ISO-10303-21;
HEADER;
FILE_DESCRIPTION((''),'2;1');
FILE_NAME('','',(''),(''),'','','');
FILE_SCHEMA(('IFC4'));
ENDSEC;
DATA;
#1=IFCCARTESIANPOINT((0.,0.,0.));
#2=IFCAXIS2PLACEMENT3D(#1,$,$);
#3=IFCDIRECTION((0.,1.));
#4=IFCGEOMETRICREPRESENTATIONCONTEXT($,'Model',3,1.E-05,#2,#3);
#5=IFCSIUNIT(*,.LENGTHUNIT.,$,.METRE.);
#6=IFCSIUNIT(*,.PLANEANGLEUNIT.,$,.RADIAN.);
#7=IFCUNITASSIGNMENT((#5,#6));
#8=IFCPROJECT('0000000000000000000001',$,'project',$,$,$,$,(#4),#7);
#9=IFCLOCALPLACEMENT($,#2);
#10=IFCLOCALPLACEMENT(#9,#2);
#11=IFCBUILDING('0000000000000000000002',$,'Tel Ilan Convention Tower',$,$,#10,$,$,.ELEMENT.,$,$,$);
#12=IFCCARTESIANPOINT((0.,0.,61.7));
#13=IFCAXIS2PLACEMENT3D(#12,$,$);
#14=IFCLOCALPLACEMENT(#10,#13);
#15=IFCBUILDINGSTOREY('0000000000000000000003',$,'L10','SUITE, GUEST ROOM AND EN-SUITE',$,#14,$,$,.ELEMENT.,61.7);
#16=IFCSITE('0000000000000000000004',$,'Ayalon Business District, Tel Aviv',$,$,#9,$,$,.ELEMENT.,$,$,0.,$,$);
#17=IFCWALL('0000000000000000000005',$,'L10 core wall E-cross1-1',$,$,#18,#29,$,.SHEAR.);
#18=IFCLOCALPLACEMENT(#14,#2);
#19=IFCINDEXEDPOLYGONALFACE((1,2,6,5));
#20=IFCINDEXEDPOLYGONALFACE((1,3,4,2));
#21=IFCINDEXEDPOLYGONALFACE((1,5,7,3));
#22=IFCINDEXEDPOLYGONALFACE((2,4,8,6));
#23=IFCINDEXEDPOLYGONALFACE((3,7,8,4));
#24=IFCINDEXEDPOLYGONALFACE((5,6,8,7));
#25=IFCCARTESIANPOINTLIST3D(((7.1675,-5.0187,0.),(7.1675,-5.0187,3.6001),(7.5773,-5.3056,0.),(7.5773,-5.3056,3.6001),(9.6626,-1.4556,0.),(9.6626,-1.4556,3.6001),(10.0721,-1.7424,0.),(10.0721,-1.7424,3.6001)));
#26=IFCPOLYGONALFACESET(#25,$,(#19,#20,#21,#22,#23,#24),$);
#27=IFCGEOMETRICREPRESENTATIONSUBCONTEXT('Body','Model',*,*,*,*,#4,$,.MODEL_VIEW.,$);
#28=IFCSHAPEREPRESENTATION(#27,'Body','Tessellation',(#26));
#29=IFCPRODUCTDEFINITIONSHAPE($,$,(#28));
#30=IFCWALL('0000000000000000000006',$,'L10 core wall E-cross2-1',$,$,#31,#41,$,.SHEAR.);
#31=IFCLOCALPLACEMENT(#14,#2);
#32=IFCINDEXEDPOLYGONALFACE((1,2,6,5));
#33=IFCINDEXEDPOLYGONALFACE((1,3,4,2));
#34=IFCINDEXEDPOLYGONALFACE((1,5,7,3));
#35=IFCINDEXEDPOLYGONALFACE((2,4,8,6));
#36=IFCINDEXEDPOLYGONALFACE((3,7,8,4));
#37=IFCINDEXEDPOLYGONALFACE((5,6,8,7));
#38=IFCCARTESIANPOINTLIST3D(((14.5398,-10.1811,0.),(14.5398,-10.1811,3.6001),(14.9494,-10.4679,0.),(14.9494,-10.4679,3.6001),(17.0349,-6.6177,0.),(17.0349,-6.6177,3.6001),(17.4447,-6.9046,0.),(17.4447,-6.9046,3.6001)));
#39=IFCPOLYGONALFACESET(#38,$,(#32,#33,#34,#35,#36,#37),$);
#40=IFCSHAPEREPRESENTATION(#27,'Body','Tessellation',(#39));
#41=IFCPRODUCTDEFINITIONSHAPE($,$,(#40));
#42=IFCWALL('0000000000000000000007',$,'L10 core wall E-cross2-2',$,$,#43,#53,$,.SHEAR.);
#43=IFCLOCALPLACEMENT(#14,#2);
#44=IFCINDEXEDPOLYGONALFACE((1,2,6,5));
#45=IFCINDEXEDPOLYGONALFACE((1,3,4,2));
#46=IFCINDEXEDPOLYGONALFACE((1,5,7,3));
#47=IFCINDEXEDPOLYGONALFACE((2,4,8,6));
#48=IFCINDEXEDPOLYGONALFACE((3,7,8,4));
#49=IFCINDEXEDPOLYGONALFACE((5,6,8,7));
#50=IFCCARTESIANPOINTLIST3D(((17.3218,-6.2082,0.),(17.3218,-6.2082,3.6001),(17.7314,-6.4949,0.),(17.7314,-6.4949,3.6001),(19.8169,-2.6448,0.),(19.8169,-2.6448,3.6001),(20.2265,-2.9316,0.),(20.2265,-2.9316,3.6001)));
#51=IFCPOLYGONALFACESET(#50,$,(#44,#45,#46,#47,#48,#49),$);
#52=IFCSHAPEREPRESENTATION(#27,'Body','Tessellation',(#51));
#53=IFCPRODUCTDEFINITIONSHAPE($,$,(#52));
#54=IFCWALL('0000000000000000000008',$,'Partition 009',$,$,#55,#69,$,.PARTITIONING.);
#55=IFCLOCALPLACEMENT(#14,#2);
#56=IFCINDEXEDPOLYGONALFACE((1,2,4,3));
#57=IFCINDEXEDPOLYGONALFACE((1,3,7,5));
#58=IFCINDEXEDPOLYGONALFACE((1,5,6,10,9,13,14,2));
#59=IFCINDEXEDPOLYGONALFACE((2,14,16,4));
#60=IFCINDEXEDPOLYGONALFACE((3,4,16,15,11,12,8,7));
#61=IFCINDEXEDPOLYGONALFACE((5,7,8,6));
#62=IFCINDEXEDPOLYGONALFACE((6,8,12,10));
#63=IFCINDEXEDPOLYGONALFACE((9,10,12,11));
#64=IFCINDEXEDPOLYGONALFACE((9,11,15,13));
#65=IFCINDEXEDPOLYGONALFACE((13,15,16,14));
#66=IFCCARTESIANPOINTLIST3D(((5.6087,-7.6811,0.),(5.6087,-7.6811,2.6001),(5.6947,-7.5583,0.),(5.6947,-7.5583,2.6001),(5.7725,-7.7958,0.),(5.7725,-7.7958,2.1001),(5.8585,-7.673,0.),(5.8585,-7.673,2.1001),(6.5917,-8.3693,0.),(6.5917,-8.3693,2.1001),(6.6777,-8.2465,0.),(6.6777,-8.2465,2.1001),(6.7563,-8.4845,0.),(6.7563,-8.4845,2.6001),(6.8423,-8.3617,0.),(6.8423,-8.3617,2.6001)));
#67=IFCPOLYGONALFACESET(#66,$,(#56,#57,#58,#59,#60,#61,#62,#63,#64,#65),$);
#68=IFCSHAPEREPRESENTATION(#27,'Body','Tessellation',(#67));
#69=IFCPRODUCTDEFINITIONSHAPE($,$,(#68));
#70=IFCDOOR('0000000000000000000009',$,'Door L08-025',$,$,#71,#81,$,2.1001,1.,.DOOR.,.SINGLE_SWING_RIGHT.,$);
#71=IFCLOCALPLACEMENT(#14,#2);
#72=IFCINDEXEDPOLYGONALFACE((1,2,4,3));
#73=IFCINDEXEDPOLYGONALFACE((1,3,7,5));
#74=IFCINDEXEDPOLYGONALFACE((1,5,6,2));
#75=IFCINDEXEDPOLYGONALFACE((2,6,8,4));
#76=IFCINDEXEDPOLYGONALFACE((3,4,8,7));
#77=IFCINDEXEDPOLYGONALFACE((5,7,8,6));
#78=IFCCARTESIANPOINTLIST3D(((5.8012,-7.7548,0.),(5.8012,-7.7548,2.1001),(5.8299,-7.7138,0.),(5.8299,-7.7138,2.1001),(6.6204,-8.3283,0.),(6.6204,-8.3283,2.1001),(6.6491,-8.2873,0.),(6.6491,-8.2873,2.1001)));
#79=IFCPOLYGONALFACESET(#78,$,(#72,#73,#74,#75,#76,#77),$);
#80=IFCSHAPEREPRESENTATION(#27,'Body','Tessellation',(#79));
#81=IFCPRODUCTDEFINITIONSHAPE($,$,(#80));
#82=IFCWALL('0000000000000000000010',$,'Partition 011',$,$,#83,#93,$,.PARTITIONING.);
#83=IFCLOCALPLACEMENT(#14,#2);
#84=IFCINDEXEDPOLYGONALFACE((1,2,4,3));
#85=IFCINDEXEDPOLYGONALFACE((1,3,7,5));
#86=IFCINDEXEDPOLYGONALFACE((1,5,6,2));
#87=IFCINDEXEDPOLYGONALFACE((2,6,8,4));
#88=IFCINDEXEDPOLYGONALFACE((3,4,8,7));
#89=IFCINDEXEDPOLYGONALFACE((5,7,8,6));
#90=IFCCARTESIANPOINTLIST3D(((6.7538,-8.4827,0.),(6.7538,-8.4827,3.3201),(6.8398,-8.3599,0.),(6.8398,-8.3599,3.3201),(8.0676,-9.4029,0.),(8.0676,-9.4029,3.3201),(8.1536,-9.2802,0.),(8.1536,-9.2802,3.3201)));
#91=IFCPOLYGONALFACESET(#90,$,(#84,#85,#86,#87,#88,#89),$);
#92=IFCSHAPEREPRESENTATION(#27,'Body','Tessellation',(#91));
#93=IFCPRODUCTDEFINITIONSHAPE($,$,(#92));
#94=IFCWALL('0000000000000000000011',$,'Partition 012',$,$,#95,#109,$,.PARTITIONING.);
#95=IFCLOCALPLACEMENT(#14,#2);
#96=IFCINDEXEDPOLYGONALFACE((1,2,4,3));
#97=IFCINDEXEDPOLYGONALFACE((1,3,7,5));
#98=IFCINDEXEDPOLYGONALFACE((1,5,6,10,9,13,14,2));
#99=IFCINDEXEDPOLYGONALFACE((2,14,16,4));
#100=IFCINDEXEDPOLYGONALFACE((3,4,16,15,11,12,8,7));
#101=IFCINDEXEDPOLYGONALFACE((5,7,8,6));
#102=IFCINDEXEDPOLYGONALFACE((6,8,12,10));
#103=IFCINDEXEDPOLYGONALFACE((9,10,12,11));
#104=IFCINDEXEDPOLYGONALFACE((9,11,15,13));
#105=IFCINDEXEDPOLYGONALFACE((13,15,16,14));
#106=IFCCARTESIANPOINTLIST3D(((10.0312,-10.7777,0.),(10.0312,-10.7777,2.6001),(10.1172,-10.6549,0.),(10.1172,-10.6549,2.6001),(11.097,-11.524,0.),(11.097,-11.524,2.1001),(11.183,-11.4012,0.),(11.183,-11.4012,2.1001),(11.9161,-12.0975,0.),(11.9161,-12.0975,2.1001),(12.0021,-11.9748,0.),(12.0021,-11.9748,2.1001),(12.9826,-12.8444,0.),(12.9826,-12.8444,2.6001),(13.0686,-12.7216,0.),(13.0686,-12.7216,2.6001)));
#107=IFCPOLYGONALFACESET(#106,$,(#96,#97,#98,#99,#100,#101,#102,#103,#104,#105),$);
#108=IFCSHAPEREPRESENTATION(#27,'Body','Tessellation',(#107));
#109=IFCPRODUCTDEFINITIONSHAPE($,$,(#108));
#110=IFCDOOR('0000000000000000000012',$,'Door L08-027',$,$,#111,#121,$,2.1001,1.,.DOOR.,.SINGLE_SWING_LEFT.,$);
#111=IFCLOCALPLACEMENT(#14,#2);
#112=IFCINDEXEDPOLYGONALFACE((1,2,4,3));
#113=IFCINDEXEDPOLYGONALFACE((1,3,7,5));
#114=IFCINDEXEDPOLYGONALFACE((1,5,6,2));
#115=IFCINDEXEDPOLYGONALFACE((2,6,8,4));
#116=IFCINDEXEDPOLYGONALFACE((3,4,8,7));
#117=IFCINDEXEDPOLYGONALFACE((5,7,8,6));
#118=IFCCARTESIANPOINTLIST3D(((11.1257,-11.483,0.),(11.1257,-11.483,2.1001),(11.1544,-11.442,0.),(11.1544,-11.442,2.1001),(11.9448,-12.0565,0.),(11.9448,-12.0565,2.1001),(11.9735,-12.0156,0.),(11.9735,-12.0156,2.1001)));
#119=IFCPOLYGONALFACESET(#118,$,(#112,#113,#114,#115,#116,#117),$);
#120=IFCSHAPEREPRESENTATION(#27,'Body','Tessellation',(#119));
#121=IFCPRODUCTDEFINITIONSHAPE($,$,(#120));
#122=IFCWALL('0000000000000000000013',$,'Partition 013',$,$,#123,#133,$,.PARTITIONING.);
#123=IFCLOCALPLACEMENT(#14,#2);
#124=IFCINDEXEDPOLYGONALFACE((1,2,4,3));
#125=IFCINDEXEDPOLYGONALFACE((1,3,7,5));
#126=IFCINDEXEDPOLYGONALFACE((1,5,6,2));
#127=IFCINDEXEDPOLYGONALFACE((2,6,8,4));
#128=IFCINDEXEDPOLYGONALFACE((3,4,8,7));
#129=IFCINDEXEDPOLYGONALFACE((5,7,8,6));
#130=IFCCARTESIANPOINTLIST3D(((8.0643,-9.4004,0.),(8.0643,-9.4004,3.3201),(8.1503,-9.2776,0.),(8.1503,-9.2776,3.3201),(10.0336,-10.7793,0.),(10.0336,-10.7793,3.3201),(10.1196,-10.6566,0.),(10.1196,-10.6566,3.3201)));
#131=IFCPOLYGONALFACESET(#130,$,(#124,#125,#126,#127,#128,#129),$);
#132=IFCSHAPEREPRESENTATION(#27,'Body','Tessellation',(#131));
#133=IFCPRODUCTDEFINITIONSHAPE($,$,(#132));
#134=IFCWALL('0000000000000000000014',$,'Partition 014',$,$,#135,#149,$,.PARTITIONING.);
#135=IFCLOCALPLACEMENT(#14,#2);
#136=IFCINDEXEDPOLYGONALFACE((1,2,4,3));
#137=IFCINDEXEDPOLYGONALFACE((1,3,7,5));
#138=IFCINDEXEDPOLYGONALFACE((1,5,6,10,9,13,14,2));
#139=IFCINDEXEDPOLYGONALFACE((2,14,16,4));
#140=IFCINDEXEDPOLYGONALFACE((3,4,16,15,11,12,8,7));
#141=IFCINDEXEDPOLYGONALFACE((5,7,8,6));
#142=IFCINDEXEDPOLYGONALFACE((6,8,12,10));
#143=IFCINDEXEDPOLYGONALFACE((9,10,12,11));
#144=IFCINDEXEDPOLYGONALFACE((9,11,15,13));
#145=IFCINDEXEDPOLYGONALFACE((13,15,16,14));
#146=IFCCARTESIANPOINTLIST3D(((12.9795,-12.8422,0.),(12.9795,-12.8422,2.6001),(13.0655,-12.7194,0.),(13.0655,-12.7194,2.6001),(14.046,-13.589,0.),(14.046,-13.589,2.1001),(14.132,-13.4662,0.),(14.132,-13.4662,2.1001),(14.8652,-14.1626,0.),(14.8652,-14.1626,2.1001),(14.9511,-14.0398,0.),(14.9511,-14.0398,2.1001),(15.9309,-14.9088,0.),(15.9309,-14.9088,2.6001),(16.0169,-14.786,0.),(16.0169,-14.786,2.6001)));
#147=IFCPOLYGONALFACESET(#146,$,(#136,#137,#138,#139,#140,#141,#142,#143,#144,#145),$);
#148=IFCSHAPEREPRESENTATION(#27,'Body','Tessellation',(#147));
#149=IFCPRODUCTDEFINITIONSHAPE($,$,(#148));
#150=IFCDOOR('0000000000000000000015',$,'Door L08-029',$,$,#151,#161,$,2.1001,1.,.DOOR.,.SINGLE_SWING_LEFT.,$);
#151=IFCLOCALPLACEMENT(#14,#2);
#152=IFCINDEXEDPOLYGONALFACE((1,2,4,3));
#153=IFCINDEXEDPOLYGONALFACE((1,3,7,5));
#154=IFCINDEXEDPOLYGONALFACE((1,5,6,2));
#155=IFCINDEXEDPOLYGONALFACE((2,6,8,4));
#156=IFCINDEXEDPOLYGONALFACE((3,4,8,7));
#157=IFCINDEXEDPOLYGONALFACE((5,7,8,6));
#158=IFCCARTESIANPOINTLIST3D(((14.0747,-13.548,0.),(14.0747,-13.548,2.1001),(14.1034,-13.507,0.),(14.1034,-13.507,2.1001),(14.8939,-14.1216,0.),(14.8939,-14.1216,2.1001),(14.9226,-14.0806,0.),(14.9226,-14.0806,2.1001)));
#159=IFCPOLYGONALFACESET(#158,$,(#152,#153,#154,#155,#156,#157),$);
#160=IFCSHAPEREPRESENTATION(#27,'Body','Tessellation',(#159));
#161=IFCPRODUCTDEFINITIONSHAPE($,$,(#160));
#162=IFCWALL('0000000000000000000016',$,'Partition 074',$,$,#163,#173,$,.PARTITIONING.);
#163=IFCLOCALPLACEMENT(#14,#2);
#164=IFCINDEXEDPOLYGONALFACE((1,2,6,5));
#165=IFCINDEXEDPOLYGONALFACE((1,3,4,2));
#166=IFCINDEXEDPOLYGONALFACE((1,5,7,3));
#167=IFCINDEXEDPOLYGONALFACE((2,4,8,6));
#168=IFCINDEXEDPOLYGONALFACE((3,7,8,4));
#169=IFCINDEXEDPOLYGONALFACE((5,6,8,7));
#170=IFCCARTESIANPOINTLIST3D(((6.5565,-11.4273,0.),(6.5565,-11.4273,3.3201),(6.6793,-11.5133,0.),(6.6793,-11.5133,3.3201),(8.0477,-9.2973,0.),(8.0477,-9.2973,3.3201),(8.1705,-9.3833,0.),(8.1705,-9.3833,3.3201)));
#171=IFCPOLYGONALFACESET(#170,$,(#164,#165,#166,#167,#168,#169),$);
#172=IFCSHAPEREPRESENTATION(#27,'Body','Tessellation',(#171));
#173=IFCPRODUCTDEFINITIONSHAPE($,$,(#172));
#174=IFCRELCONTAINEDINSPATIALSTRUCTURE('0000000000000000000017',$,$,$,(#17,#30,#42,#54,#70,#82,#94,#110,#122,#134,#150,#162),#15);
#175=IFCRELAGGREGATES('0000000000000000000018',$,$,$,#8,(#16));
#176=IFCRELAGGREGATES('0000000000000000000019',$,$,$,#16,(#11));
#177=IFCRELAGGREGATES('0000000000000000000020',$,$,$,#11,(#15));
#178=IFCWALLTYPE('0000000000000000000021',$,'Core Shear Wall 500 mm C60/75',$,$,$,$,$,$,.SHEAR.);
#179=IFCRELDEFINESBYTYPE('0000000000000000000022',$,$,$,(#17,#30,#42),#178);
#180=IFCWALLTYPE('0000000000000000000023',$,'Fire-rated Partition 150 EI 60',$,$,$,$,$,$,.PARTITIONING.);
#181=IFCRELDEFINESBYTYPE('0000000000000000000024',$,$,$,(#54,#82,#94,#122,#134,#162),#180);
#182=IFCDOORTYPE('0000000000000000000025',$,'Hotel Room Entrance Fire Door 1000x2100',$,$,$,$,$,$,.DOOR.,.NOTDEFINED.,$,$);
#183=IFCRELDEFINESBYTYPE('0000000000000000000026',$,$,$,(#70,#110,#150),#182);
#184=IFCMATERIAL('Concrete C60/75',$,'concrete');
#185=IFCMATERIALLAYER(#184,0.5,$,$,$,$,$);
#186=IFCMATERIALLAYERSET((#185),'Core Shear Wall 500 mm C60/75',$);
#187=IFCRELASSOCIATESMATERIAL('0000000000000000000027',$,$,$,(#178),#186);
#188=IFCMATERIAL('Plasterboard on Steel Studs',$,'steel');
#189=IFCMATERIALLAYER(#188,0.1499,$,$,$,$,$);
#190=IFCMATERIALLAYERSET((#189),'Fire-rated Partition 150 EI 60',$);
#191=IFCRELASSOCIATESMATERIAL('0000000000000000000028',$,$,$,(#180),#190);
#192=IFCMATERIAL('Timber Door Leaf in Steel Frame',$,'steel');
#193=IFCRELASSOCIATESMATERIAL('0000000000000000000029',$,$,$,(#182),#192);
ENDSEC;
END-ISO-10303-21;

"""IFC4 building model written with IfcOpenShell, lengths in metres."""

from ifc_helpers import new_model, si_unit, direction, frame, frame_2d, origin, place, context, subcontext, project, spatial, polyline, rectangle, outline, extrude, material, layer, layer_set, type_object, element, fill, save


model = new_model("IFC4")

# Units and contexts
model_context = context("Model", 3, precision=1e-05, world=origin(), true_north=direction((0.0, 1.0)))
body_context = subcontext(model_context, "Body", "Model", "MODEL_VIEW")
ifc_project = project(units=[si_unit("LENGTHUNIT", "METRE"), si_unit("PLANEANGLEUNIT", "RADIAN")], contexts=[model_context])

# Site, building, storey
site_placement = place(None, origin())
site = spatial("IfcSite", under=ifc_project, at=site_placement, Name="Ayalon Business District, Tel Aviv", CompositionType="ELEMENT", RefElevation=0.0)
building_placement = place(site_placement, origin())
building = spatial("IfcBuilding", under=site, at=building_placement, Name="Tel Ilan Convention Tower", CompositionType="ELEMENT")
storey_placement = place(building_placement, frame((0.0, 0.0, 61.7)))
storey = spatial("IfcBuildingStorey", under=building, at=storey_placement, Name="L10", Description="SUITE, GUEST ROOM AND EN-SUITE", CompositionType="ELEMENT", Elevation=61.7)

# Walls
ifc_material_1 = material(Name="Concrete C60/75", Category="concrete")
ifc_layer_1 = layer(ifc_material_1, 0.5)
ifc_layer_set_1 = layer_set([ifc_layer_1], Name="Core Shear Wall 500 mm C60/75")
wall_type_1 = type_object("IfcWallType", Name="Core Shear Wall 500 mm C60/75", PredefinedType="SHEAR", material=ifc_layer_set_1)
wall_1_placement = place(storey_placement, frame((7.3723, -5.1621, 0.0), z_axis=(0.0, 0.0, 1.0), x_axis=(0.573594, 0.81914, 0.0)))
element("IfcWall", 1, at=wall_1_placement, inside=storey, type_object=wall_type_1, Name="L10 core wall E-cross1-1", PredefinedType="SHEAR", context=body_context, shape_type="SweptSolid", body=[
    extrude(outline(polyline([(0.0, 0.25), (0.0, -0.2502), (4.3499, -0.25), (4.3499, 0.25), (0.0, 0.25)])), origin(), (0.0, 0.0, 1.0), 3.6001),
])
wall_2_placement = place(storey_placement, frame((14.7446, -10.3245, 0.0), z_axis=(0.0, 0.0, 1.0), x_axis=(0.573568, 0.819158, 0.0)))
element("IfcWall", 2, at=wall_2_placement, inside=storey, type_object=wall_type_1, Name="L10 core wall E-cross2-1", PredefinedType="SHEAR", context=body_context, shape_type="SweptSolid", body=[
    extrude(outline(polyline([(0.0, 0.25), (0.0, -0.25), (4.3501, -0.2502), (4.3501, 0.25), (0.0, 0.25)])), origin(), (0.0, 0.0, 1.0), 3.6001),
])
wall_3_placement = place(storey_placement, frame((17.5266, -6.3516, 0.0), z_axis=(0.0, 0.0, 1.0), x_axis=(0.57353, 0.819184, 0.0)))
element("IfcWall", 3, at=wall_3_placement, inside=storey, type_object=wall_type_1, Name="L10 core wall E-cross2-2", PredefinedType="SHEAR", context=body_context, shape_type="SweptSolid", body=[
    extrude(outline(polyline([(4.3501, -0.2502), (4.3501, 0.2498), (0.0, 0.25), (0.0, -0.25), (4.3501, -0.2502)])), origin(), (0.0, 0.0, 1.0), 3.6001),
])

# Wall, opening, door
ifc_material_2 = material(Name="Plasterboard on Steel Studs", Category="steel")
ifc_layer_2 = layer(ifc_material_2, 0.1499)
ifc_layer_set_2 = layer_set([ifc_layer_2], Name="Fire-rated Partition 150 EI 60")
wall_type_2 = type_object("IfcWallType", Name="Fire-rated Partition 150 EI 60", PredefinedType="PARTITIONING", material=ifc_layer_set_2)
wall_4_placement = place(storey_placement, frame((6.7993, -8.4231, 0.0), z_axis=(0.0, 0.0, 1.0), x_axis=(-0.819207, 0.573497, 0.0)))
wall_4 = element("IfcWall", 4, at=wall_4_placement, inside=storey, type_object=wall_type_2, Name="Partition 009", PredefinedType="PARTITIONING", context=body_context, shape_type="SweptSolid", body=[
    extrude(rectangle(XDim=1.4009, YDim=0.1499, at=frame_2d((0.7004, 0.0))), origin(), (0.0, 0.0, 1.0), 2.6001),
])
opening_1_placement = place(wall_4_placement, frame((0.2009, 0.0, 0.0)))
opening_1 = element("IfcOpeningElement", 5, at=opening_1_placement, cuts=wall_4, PredefinedType="OPENING", context=body_context, shape_type="SweptSolid", body=[
    extrude(rectangle(XDim=1.0, YDim=2.1001, at=frame_2d((0.5, 1.05))), frame((0.0, 0.085, 0.0), z_axis=(0.0, -1.0, 0.0), x_axis=(1.0, 0.0, 0.0)), (0.0, 0.0, 1.0), 0.1699),
])
ifc_material_3 = material(Name="Timber Door Leaf in Steel Frame", Category="steel")
door_type_1 = type_object("IfcDoorType", Name="Hotel Room Entrance Fire Door 1000x2100", OperationType="NOTDEFINED", PredefinedType="DOOR", material=ifc_material_3)
door_1_placement = place(opening_1_placement, origin())
door_1 = element("IfcDoor", 6, at=door_1_placement, inside=storey, type_object=door_type_1, Name="Door L08-025", OperationType="SINGLE_SWING_RIGHT", OverallHeight=2.1001, OverallWidth=1.0, PredefinedType="DOOR", context=body_context, shape_type="SweptSolid", body=[
    extrude(rectangle(XDim=1.0, YDim=2.1001, at=frame_2d((0.5, 1.05))), frame((0.0, 0.0249, 0.0), z_axis=(0.0, -1.0, 0.0), x_axis=(1.0, 0.0, 0.0)), (0.0, 0.0, 1.0), 0.05),
])
fill(opening_1, door_1)

# Wall
wall_5_placement = place(storey_placement, frame((8.1106, -9.3416, 0.0), z_axis=(0.0, 0.0, 1.0), x_axis=(-0.819067, 0.573697, 0.0)))
element("IfcWall", 7, at=wall_5_placement, inside=storey, type_object=wall_type_2, Name="Partition 011", PredefinedType="PARTITIONING", context=body_context, shape_type="SweptSolid", body=[
    extrude(rectangle(XDim=1.604, YDim=0.1499, at=frame_2d((0.802, 0.0))), origin(), (0.0, 0.0, 1.0), 3.3201),
])

# Wall, opening, door
wall_6_placement = place(storey_placement, frame((13.0256, -12.783, 0.0), z_axis=(0.0, 0.0, 1.0), x_axis=(-0.819146, 0.573585, 0.0)))
wall_6 = element("IfcWall", 8, at=wall_6_placement, inside=storey, type_object=wall_type_2, Name="Partition 012", PredefinedType="PARTITIONING", context=body_context, shape_type="SweptSolid", body=[
    extrude(rectangle(XDim=3.603, YDim=0.1499, at=frame_2d((1.8015, 0.0))), origin(), (0.0, 0.0, 1.0), 2.6001),
])
opening_2_placement = place(wall_6_placement, frame((1.302, 0.0, 0.0)))
opening_2 = element("IfcOpeningElement", 9, at=opening_2_placement, cuts=wall_6, PredefinedType="OPENING", context=body_context, shape_type="SweptSolid", body=[
    extrude(rectangle(XDim=1.0, YDim=2.1001, at=frame_2d((0.5, 1.05))), frame((0.0, 0.085, 0.0), z_axis=(0.0, -1.0, 0.0), x_axis=(1.0, 0.0, 0.0)), (0.0, 0.0, 1.0), 0.1699),
])
door_2_placement = place(opening_2_placement, origin())
door_2 = element("IfcDoor", 10, at=door_2_placement, inside=storey, type_object=door_type_1, Name="Door L08-027", OperationType="SINGLE_SWING_LEFT", OverallHeight=2.1001, OverallWidth=1.0, PredefinedType="DOOR", context=body_context, shape_type="SweptSolid", body=[
    extrude(rectangle(XDim=1.0, YDim=2.1001, at=frame_2d((0.5, 1.05))), frame((0.0, 0.0249, 0.0), z_axis=(0.0, -1.0, 0.0), x_axis=(1.0, 0.0, 0.0)), (0.0, 0.0, 1.0), 0.05),
])
fill(opening_2, door_2)

# Wall
wall_7_placement = place(storey_placement, frame((10.0767, -10.718, 0.0), z_axis=(0.0, 0.0, 1.0), x_axis=(-0.819146, 0.573585, 0.0)))
element("IfcWall", 11, at=wall_7_placement, inside=storey, type_object=wall_type_2, Name="Partition 013", PredefinedType="PARTITIONING", context=body_context, shape_type="SweptSolid", body=[
    extrude(rectangle(XDim=2.4041, YDim=0.1499, at=frame_2d((1.2021, 0.0))), origin(), (0.0, 0.0, 1.0), 3.3201),
])

# Wall, opening, door
wall_8_placement = place(storey_placement, frame((15.9739, -14.8474, 0.0), z_axis=(0.0, 0.0, 1.0), x_axis=(-0.819146, 0.573585, 0.0)))
wall_8 = element("IfcWall", 12, at=wall_8_placement, inside=storey, type_object=wall_type_2, Name="Partition 014", PredefinedType="PARTITIONING", context=body_context, shape_type="SweptSolid", body=[
    extrude(rectangle(XDim=3.603, YDim=0.1499, at=frame_2d((1.8015, 0.0))), origin(), (0.0, 0.0, 1.0), 2.6001),
])
opening_3_placement = place(wall_8_placement, frame((1.301, 0.0, 0.0)))
opening_3 = element("IfcOpeningElement", 13, at=opening_3_placement, cuts=wall_8, PredefinedType="OPENING", context=body_context, shape_type="SweptSolid", body=[
    extrude(rectangle(XDim=1.0, YDim=2.1001, at=frame_2d((0.5, 1.05))), frame((0.0, 0.085, 0.0), z_axis=(0.0, -1.0, 0.0), x_axis=(1.0, 0.0, 0.0)), (0.0, 0.0, 1.0), 0.1699),
])
door_3_placement = place(opening_3_placement, origin())
door_3 = element("IfcDoor", 14, at=door_3_placement, inside=storey, type_object=door_type_1, Name="Door L08-029", OperationType="SINGLE_SWING_LEFT", OverallHeight=2.1001, OverallWidth=1.0, PredefinedType="DOOR", context=body_context, shape_type="SweptSolid", body=[
    extrude(rectangle(XDim=1.0, YDim=2.1001, at=frame_2d((0.5, 1.05))), frame((0.0, 0.0249, 0.0), z_axis=(0.0, -1.0, 0.0), x_axis=(1.0, 0.0, 0.0)), (0.0, 0.0, 1.0), 0.05),
])
fill(opening_3, door_3)

# Wall
wall_9_placement = place(storey_placement, frame((8.1091, -9.3403, 0.0), z_axis=(0.0, 0.0, 1.0), x_axis=(-0.573538, -0.819179, 0.0)))
element("IfcWall", 15, at=wall_9_placement, inside=storey, type_object=wall_type_2, Name="Partition 074", PredefinedType="PARTITIONING", context=body_context, shape_type="SweptSolid", body=[
    extrude(rectangle(XDim=2.6001, YDim=0.1499, at=frame_2d((1.3, 0.0))), origin(), (0.0, 0.0, 1.0), 3.3201),
])

save(model, "model.ifc")
